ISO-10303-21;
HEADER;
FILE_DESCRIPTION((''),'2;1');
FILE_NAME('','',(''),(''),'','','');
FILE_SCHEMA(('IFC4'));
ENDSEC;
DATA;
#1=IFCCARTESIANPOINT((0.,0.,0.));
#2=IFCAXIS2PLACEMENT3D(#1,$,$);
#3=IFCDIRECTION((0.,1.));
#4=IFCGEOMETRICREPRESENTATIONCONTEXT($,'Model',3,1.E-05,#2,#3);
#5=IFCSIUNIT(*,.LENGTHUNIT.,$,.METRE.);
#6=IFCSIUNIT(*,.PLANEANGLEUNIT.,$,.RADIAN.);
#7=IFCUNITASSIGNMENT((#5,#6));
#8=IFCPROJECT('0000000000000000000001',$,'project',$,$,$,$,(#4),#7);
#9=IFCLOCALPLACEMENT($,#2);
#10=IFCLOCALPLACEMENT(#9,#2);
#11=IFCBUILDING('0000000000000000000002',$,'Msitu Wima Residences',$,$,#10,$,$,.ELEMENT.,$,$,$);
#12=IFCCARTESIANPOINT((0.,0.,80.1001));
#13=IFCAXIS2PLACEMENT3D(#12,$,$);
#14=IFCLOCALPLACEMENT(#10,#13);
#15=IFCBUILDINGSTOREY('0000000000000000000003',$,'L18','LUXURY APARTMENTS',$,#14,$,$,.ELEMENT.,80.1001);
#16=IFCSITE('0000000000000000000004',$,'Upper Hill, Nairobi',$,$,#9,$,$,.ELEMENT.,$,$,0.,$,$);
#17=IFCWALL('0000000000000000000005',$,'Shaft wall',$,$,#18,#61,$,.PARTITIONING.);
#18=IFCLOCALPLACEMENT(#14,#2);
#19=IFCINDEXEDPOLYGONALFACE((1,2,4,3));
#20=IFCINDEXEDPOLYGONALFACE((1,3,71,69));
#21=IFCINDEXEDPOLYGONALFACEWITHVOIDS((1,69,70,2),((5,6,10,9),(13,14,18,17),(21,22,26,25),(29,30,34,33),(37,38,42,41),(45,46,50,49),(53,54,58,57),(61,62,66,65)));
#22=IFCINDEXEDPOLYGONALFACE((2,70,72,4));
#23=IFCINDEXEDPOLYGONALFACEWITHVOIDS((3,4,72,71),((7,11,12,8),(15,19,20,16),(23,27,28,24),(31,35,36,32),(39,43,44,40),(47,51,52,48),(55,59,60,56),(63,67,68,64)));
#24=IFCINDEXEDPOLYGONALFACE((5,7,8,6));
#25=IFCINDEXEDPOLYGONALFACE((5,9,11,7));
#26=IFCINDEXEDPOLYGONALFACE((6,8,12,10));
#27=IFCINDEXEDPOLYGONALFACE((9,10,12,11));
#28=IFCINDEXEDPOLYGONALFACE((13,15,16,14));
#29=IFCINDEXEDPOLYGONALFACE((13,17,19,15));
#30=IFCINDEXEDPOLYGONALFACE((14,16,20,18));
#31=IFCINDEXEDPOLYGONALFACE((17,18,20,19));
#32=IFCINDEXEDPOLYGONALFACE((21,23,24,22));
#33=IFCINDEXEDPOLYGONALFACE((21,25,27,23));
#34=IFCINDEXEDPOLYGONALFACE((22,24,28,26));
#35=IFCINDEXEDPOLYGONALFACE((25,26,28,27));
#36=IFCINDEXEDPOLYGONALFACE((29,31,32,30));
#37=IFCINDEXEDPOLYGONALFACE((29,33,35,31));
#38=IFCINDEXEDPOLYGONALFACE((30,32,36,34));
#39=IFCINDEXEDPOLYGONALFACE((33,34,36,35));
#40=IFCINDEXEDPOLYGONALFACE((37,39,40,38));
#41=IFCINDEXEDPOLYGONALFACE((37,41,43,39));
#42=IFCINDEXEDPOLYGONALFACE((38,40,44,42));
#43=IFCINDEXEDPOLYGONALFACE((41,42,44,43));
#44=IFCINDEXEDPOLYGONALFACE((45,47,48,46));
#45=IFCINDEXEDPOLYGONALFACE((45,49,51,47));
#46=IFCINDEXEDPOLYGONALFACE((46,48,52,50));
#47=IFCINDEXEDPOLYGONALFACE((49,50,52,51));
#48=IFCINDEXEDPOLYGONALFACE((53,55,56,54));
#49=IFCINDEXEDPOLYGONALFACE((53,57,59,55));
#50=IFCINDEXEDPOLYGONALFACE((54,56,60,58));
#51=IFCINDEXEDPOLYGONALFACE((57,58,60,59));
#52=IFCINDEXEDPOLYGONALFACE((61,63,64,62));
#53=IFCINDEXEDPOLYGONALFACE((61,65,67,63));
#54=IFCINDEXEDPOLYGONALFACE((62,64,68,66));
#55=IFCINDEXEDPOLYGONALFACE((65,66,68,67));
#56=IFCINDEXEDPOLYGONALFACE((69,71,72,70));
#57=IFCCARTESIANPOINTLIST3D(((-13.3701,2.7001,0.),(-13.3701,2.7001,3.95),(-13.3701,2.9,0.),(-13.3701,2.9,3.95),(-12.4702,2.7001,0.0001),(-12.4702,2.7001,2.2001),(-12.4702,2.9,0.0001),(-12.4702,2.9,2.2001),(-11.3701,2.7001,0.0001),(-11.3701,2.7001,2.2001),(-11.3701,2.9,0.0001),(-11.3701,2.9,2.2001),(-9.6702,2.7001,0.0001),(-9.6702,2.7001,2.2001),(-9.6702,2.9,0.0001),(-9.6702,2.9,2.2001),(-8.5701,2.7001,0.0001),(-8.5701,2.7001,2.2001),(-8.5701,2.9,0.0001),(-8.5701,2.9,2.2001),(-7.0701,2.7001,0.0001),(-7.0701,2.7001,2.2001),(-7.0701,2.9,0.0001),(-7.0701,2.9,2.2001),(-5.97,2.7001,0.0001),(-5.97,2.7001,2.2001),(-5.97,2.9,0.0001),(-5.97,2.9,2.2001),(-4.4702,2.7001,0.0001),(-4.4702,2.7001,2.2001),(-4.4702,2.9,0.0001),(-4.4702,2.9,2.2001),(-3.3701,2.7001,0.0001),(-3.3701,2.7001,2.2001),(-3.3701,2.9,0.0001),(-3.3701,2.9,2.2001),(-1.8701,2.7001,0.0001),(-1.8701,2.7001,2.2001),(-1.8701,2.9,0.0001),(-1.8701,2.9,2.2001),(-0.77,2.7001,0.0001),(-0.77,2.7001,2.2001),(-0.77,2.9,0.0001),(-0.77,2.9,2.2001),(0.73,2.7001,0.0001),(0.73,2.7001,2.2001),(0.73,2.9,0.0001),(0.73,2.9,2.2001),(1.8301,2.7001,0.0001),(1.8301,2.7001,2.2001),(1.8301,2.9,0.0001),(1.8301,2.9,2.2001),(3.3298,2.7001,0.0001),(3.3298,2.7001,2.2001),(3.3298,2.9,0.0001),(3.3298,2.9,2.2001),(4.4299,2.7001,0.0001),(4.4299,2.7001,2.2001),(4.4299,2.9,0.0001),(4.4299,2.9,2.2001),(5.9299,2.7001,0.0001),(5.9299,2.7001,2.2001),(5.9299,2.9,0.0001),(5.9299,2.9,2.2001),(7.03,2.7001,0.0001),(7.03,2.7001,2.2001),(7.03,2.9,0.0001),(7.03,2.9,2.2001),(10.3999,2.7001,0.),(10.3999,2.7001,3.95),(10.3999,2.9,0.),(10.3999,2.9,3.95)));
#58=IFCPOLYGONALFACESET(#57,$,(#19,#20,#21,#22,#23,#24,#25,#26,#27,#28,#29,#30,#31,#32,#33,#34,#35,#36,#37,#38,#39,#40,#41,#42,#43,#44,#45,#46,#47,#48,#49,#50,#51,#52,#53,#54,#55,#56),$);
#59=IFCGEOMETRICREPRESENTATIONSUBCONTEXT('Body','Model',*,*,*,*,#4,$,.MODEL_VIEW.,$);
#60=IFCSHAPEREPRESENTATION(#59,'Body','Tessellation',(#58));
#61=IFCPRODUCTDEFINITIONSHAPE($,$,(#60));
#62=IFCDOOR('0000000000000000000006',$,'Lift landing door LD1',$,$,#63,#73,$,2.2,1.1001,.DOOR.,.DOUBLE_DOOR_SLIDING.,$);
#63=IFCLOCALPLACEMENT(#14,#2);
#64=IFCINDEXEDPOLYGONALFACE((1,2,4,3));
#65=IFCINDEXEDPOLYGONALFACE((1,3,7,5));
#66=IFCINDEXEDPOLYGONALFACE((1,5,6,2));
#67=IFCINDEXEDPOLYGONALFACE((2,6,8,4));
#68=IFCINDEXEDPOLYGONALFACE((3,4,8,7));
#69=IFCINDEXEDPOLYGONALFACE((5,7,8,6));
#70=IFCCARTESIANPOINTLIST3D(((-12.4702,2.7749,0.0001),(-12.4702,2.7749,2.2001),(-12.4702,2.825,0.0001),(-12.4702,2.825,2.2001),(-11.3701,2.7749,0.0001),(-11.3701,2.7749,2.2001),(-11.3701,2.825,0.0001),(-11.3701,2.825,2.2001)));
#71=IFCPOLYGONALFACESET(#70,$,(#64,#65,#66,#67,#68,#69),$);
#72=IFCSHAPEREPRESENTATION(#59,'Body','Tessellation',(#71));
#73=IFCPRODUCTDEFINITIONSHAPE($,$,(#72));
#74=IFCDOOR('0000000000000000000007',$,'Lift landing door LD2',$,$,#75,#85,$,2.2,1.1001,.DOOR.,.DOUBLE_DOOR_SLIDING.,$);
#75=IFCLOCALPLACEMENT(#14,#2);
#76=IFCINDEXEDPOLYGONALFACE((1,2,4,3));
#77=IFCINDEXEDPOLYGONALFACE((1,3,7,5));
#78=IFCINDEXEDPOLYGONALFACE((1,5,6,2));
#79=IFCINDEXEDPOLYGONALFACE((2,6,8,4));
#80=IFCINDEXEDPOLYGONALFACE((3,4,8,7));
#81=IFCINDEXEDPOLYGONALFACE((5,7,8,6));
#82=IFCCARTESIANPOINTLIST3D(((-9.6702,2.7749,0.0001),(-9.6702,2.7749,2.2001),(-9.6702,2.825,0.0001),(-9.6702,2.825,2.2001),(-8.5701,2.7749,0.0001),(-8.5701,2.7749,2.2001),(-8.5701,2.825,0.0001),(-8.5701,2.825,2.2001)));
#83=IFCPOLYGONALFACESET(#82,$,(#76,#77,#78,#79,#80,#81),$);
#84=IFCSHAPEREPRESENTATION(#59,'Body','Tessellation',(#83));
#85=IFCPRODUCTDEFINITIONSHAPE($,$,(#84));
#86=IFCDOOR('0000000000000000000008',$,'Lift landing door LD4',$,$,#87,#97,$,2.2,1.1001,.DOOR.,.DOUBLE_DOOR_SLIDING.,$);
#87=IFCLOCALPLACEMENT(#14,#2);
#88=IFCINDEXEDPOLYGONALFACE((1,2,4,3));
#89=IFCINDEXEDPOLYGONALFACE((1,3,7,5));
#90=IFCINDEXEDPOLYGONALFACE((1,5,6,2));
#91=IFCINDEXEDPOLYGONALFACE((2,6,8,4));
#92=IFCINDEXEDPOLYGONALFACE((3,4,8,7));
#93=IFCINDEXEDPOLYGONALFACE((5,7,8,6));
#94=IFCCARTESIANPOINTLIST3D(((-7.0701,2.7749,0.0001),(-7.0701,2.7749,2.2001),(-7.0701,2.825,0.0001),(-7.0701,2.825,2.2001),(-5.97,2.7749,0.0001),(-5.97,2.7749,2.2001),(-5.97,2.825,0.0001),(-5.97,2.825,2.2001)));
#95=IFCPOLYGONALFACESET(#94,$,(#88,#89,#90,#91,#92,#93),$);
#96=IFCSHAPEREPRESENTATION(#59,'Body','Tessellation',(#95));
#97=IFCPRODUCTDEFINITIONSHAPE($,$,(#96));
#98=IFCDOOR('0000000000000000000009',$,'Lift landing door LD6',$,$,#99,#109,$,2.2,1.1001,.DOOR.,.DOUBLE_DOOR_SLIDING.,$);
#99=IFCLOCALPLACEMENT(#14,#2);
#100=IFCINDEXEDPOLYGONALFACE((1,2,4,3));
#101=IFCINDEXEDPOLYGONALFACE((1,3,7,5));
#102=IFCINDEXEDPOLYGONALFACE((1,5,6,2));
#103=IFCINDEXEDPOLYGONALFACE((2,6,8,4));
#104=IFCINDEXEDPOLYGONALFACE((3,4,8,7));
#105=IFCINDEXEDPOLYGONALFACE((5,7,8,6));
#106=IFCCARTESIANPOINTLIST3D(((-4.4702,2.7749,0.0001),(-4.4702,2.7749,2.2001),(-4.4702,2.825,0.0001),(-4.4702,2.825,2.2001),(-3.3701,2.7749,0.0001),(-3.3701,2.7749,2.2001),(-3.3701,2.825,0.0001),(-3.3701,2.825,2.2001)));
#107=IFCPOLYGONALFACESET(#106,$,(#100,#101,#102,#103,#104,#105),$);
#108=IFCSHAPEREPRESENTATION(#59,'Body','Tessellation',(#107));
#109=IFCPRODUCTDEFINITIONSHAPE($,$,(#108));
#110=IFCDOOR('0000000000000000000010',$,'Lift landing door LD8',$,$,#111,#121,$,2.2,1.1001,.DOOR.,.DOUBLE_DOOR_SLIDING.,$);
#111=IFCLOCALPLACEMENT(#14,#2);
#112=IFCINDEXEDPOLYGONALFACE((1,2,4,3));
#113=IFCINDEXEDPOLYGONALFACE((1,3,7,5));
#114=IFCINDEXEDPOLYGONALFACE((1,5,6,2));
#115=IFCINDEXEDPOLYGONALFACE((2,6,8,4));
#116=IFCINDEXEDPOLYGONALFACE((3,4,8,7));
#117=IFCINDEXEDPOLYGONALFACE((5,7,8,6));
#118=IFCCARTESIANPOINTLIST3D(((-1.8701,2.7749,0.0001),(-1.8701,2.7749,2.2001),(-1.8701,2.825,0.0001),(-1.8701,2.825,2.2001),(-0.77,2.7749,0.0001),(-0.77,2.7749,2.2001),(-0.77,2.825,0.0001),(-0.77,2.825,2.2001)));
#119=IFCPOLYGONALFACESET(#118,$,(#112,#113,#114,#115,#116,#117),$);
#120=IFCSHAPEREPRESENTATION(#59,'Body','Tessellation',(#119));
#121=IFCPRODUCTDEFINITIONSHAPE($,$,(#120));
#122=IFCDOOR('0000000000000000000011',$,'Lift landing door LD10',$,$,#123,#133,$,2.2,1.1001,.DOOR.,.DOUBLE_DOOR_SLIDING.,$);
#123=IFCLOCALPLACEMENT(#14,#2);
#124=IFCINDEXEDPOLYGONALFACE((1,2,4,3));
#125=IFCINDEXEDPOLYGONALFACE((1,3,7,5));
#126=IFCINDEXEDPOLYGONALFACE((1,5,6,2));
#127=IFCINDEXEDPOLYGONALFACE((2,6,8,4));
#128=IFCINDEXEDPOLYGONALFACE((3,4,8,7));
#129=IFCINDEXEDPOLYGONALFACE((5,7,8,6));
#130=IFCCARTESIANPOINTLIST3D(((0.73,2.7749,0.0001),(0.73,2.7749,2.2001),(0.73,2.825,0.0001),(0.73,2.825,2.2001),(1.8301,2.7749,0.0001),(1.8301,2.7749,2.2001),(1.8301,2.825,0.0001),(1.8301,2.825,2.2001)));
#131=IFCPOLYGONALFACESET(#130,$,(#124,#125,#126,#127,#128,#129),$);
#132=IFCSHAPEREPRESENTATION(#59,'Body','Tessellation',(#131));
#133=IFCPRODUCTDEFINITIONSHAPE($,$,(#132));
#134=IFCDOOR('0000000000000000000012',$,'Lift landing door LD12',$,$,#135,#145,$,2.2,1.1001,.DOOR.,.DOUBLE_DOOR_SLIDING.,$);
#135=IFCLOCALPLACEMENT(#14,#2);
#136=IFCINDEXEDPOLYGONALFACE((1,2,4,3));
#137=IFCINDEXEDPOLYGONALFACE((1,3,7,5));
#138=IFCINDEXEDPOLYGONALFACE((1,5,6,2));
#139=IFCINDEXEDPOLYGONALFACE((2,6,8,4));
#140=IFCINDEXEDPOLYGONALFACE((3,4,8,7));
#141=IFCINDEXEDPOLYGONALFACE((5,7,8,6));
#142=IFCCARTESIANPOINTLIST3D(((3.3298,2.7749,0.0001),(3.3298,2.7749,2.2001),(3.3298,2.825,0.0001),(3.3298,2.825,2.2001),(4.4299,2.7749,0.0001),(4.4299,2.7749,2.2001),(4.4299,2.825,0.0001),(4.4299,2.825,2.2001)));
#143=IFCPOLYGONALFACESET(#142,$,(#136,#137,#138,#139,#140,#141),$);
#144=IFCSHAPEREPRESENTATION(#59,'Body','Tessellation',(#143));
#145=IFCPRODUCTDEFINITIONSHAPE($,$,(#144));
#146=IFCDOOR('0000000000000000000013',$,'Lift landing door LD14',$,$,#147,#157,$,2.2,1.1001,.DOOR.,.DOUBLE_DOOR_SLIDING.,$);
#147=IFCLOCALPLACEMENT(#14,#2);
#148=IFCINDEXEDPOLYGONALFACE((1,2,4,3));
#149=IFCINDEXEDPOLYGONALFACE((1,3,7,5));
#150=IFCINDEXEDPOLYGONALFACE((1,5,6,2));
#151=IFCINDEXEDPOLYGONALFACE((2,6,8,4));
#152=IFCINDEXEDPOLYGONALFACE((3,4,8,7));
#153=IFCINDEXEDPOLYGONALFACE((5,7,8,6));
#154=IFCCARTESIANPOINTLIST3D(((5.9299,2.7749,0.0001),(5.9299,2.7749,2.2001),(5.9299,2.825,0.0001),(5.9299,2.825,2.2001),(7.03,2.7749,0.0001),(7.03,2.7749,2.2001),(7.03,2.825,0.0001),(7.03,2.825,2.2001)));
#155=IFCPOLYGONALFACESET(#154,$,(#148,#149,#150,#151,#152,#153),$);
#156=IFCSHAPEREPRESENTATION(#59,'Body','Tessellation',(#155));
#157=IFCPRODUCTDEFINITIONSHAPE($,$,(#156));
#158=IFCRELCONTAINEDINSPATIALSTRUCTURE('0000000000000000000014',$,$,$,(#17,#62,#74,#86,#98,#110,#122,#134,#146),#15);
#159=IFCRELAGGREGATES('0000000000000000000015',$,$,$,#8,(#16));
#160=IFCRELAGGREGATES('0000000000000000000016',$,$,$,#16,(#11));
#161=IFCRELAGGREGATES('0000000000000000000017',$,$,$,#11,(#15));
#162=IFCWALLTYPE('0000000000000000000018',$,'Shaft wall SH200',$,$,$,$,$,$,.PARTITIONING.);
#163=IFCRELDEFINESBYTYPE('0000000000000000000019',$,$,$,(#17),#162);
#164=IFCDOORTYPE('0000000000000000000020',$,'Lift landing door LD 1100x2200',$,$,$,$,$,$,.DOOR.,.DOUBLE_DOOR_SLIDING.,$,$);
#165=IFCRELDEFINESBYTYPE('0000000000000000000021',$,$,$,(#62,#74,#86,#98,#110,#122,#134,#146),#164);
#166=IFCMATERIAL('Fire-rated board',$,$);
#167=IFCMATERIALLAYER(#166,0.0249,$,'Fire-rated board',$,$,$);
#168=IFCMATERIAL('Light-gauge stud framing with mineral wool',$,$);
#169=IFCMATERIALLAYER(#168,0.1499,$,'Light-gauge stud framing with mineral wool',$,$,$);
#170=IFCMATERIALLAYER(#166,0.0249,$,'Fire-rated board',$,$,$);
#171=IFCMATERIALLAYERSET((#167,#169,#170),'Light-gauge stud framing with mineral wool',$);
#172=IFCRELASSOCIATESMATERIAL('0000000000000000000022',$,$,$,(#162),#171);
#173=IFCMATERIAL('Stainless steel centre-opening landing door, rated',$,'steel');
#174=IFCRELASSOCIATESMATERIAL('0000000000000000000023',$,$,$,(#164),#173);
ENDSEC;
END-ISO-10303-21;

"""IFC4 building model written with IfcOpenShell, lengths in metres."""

from ifc_helpers import new_model, si_unit, direction, frame, frame_2d, origin, place, context, subcontext, project, spatial, rectangle, extrude, material, layer, layer_set, type_object, element, fill, save


model = new_model("IFC4")

# Units and contexts
model_context = context("Model", 3, precision=1e-05, world=origin(), true_north=direction((0.0, 1.0)))
body_context = subcontext(model_context, "Body", "Model", "MODEL_VIEW")
ifc_project = project(units=[si_unit("LENGTHUNIT", "METRE"), si_unit("PLANEANGLEUNIT", "RADIAN")], contexts=[model_context])

# Site, building, storey
site_placement = place(None, origin())
site = spatial("IfcSite", under=ifc_project, at=site_placement, Name="Upper Hill, Nairobi", CompositionType="ELEMENT", RefElevation=0.0)
building_placement = place(site_placement, origin())
building = spatial("IfcBuilding", under=site, at=building_placement, Name="Msitu Wima Residences", CompositionType="ELEMENT")
storey_placement = place(building_placement, frame((0.0, 0.0, 80.1001)))
storey = spatial("IfcBuildingStorey", under=building, at=storey_placement, Name="L18", Description="LUXURY APARTMENTS", CompositionType="ELEMENT", Elevation=80.1001)

# Shared definitions
ifc_material_1 = material(Name="Fire-rated board")
ifc_layer_1 = layer(ifc_material_1, 0.0249, Name="Fire-rated board")
ifc_material_2 = material(Name="Light-gauge stud framing with mineral wool")
ifc_layer_2 = layer(ifc_material_2, 0.1499, Name="Light-gauge stud framing with mineral wool")
ifc_layer_3 = layer(ifc_material_1, 0.0249, Name="Fire-rated board")
ifc_layer_set_1 = layer_set([ifc_layer_1, ifc_layer_2, ifc_layer_3], Name="Light-gauge stud framing with mineral wool")
wall_type_1 = type_object("IfcWallType", Name="Shaft wall SH200", PredefinedType="PARTITIONING", material=ifc_layer_set_1)

# Wall, openings, doors
wall_1_placement = place(storey_placement, frame((-13.3701, 2.8, 0.0), z_axis=(0.0, 0.0, 1.0), x_axis=(1.0, 0.0, 0.0)))
wall_1 = element("IfcWall", 1, at=wall_1_placement, inside=storey, type_object=wall_type_1, Name="Shaft wall", PredefinedType="PARTITIONING", context=body_context, shape_type="SweptSolid", body=[
    extrude(rectangle(XDim=23.77, YDim=0.2, at=frame_2d((11.885, 0.0))), origin(), (0.0, 0.0, 1.0), 3.95),
])
opening_1_placement = place(wall_1_placement, frame((0.8999, 0.0, 0.0)))
opening_1 = element("IfcOpeningElement", 2, at=opening_1_placement, cuts=wall_1, PredefinedType="OPENING", context=body_context, shape_type="SweptSolid", body=[
    extrude(rectangle(XDim=1.1001, YDim=2.2, at=frame_2d((0.55, 1.1001))), frame((0.0, 0.1099, 0.0), z_axis=(0.0, -1.0, 0.0), x_axis=(1.0, 0.0, 0.0)), (0.0, 0.0, 1.0), 0.22),
])
opening_2_placement = place(wall_1_placement, frame((3.7, 0.0, 0.0)))
opening_2 = element("IfcOpeningElement", 3, at=opening_2_placement, cuts=wall_1, PredefinedType="OPENING", context=body_context, shape_type="SweptSolid", body=[
    extrude(rectangle(XDim=1.1001, YDim=2.2, at=frame_2d((0.55, 1.1001))), frame((0.0, 0.1099, 0.0), z_axis=(0.0, -1.0, 0.0), x_axis=(1.0, 0.0, 0.0)), (0.0, 0.0, 1.0), 0.22),
])
opening_3_placement = place(wall_1_placement, frame((6.3, 0.0, 0.0)))
opening_3 = element("IfcOpeningElement", 4, at=opening_3_placement, cuts=wall_1, PredefinedType="OPENING", context=body_context, shape_type="SweptSolid", body=[
    extrude(rectangle(XDim=1.1001, YDim=2.2, at=frame_2d((0.55, 1.1001))), frame((0.0, 0.1099, 0.0), z_axis=(0.0, -1.0, 0.0), x_axis=(1.0, 0.0, 0.0)), (0.0, 0.0, 1.0), 0.22),
])
opening_4_placement = place(wall_1_placement, frame((8.8999, 0.0, 0.0)))
opening_4 = element("IfcOpeningElement", 5, at=opening_4_placement, cuts=wall_1, PredefinedType="OPENING", context=body_context, shape_type="SweptSolid", body=[
    extrude(rectangle(XDim=1.1001, YDim=2.2, at=frame_2d((0.55, 1.1001))), frame((0.0, 0.1099, 0.0), z_axis=(0.0, -1.0, 0.0), x_axis=(1.0, 0.0, 0.0)), (0.0, 0.0, 1.0), 0.22),
])
opening_5_placement = place(wall_1_placement, frame((11.5, 0.0, 0.0)))
opening_5 = element("IfcOpeningElement", 6, at=opening_5_placement, cuts=wall_1, PredefinedType="OPENING", context=body_context, shape_type="SweptSolid", body=[
    extrude(rectangle(XDim=1.1001, YDim=2.2, at=frame_2d((0.55, 1.1001))), frame((0.0, 0.1099, 0.0), z_axis=(0.0, -1.0, 0.0), x_axis=(1.0, 0.0, 0.0)), (0.0, 0.0, 1.0), 0.22),
])
opening_6_placement = place(wall_1_placement, frame((14.1001, 0.0, 0.0)))
opening_6 = element("IfcOpeningElement", 7, at=opening_6_placement, cuts=wall_1, PredefinedType="OPENING", context=body_context, shape_type="SweptSolid", body=[
    extrude(rectangle(XDim=1.1001, YDim=2.2, at=frame_2d((0.55, 1.1001))), frame((0.0, 0.1099, 0.0), z_axis=(0.0, -1.0, 0.0), x_axis=(1.0, 0.0, 0.0)), (0.0, 0.0, 1.0), 0.22),
])
opening_7_placement = place(wall_1_placement, frame((16.7, 0.0, 0.0)))
opening_7 = element("IfcOpeningElement", 8, at=opening_7_placement, cuts=wall_1, PredefinedType="OPENING", context=body_context, shape_type="SweptSolid", body=[
    extrude(rectangle(XDim=1.1001, YDim=2.2, at=frame_2d((0.55, 1.1001))), frame((0.0, 0.1099, 0.0), z_axis=(0.0, -1.0, 0.0), x_axis=(1.0, 0.0, 0.0)), (0.0, 0.0, 1.0), 0.22),
])
opening_8_placement = place(wall_1_placement, frame((19.3, 0.0, 0.0)))
opening_8 = element("IfcOpeningElement", 9, at=opening_8_placement, cuts=wall_1, PredefinedType="OPENING", context=body_context, shape_type="SweptSolid", body=[
    extrude(rectangle(XDim=1.1001, YDim=2.2, at=frame_2d((0.55, 1.1001))), frame((0.0, 0.1099, 0.0), z_axis=(0.0, -1.0, 0.0), x_axis=(1.0, 0.0, 0.0)), (0.0, 0.0, 1.0), 0.22),
])
ifc_material_3 = material(Name="Stainless steel centre-opening landing door, rated", Category="steel")
door_type_1 = type_object("IfcDoorType", Name="Lift landing door LD 1100x2200", OperationType="DOUBLE_DOOR_SLIDING", PredefinedType="DOOR", material=ifc_material_3)
door_1_placement = place(opening_1_placement, origin())
door_1 = element("IfcDoor", 10, at=door_1_placement, inside=storey, type_object=door_type_1, Name="Lift landing door LD1", OperationType="DOUBLE_DOOR_SLIDING", OverallHeight=2.2, OverallWidth=1.1001, PredefinedType="DOOR", context=body_context, shape_type="SweptSolid", body=[
    extrude(rectangle(XDim=1.1001, YDim=2.2, at=frame_2d((0.55, 1.1001))), frame((0.0, 0.0249, 0.0), z_axis=(0.0, -1.0, 0.0), x_axis=(1.0, 0.0, 0.0)), (0.0, 0.0, 1.0), 0.05),
])
fill(opening_1, door_1)
door_2_placement = place(opening_2_placement, origin())
door_2 = element("IfcDoor", 11, at=door_2_placement, inside=storey, type_object=door_type_1, Name="Lift landing door LD2", OperationType="DOUBLE_DOOR_SLIDING", OverallHeight=2.2, OverallWidth=1.1001, PredefinedType="DOOR", context=body_context, shape_type="SweptSolid", body=[
    extrude(rectangle(XDim=1.1001, YDim=2.2, at=frame_2d((0.55, 1.1001))), frame((0.0, 0.0249, 0.0), z_axis=(0.0, -1.0, 0.0), x_axis=(1.0, 0.0, 0.0)), (0.0, 0.0, 1.0), 0.05),
])
fill(opening_2, door_2)
door_3_placement = place(opening_3_placement, origin())
door_3 = element("IfcDoor", 12, at=door_3_placement, inside=storey, type_object=door_type_1, Name="Lift landing door LD4", OperationType="DOUBLE_DOOR_SLIDING", OverallHeight=2.2, OverallWidth=1.1001, PredefinedType="DOOR", context=body_context, shape_type="SweptSolid", body=[
    extrude(rectangle(XDim=1.1001, YDim=2.2, at=frame_2d((0.55, 1.1001))), frame((0.0, 0.0249, 0.0), z_axis=(0.0, -1.0, 0.0), x_axis=(1.0, 0.0, 0.0)), (0.0, 0.0, 1.0), 0.05),
])
fill(opening_3, door_3)
door_4_placement = place(opening_4_placement, origin())
door_4 = element("IfcDoor", 13, at=door_4_placement, inside=storey, type_object=door_type_1, Name="Lift landing door LD6", OperationType="DOUBLE_DOOR_SLIDING", OverallHeight=2.2, OverallWidth=1.1001, PredefinedType="DOOR", context=body_context, shape_type="SweptSolid", body=[
    extrude(rectangle(XDim=1.1001, YDim=2.2, at=frame_2d((0.55, 1.1001))), frame((0.0, 0.0249, 0.0), z_axis=(0.0, -1.0, 0.0), x_axis=(1.0, 0.0, 0.0)), (0.0, 0.0, 1.0), 0.05),
])
fill(opening_4, door_4)
door_5_placement = place(opening_5_placement, origin())
door_5 = element("IfcDoor", 14, at=door_5_placement, inside=storey, type_object=door_type_1, Name="Lift landing door LD8", OperationType="DOUBLE_DOOR_SLIDING", OverallHeight=2.2, OverallWidth=1.1001, PredefinedType="DOOR", context=body_context, shape_type="SweptSolid", body=[
    extrude(rectangle(XDim=1.1001, YDim=2.2, at=frame_2d((0.55, 1.1001))), frame((0.0, 0.0249, 0.0), z_axis=(0.0, -1.0, 0.0), x_axis=(1.0, 0.0, 0.0)), (0.0, 0.0, 1.0), 0.05),
])
fill(opening_5, door_5)
door_6_placement = place(opening_6_placement, origin())
door_6 = element("IfcDoor", 15, at=door_6_placement, inside=storey, type_object=door_type_1, Name="Lift landing door LD10", OperationType="DOUBLE_DOOR_SLIDING", OverallHeight=2.2, OverallWidth=1.1001, PredefinedType="DOOR", context=body_context, shape_type="SweptSolid", body=[
    extrude(rectangle(XDim=1.1001, YDim=2.2, at=frame_2d((0.55, 1.1001))), frame((0.0, 0.0249, 0.0), z_axis=(0.0, -1.0, 0.0), x_axis=(1.0, 0.0, 0.0)), (0.0, 0.0, 1.0), 0.05),
])
fill(opening_6, door_6)
door_7_placement = place(opening_7_placement, origin())
door_7 = element("IfcDoor", 16, at=door_7_placement, inside=storey, type_object=door_type_1, Name="Lift landing door LD12", OperationType="DOUBLE_DOOR_SLIDING", OverallHeight=2.2, OverallWidth=1.1001, PredefinedType="DOOR", context=body_context, shape_type="SweptSolid", body=[
    extrude(rectangle(XDim=1.1001, YDim=2.2, at=frame_2d((0.55, 1.1001))), frame((0.0, 0.0249, 0.0), z_axis=(0.0, -1.0, 0.0), x_axis=(1.0, 0.0, 0.0)), (0.0, 0.0, 1.0), 0.05),
])
fill(opening_7, door_7)
door_8_placement = place(opening_8_placement, origin())
door_8 = element("IfcDoor", 17, at=door_8_placement, inside=storey, type_object=door_type_1, Name="Lift landing door LD14", OperationType="DOUBLE_DOOR_SLIDING", OverallHeight=2.2, OverallWidth=1.1001, PredefinedType="DOOR", context=body_context, shape_type="SweptSolid", body=[
    extrude(rectangle(XDim=1.1001, YDim=2.2, at=frame_2d((0.55, 1.1001))), frame((0.0, 0.0249, 0.0), z_axis=(0.0, -1.0, 0.0), x_axis=(1.0, 0.0, 0.0)), (0.0, 0.0, 1.0), 0.05),
])
fill(opening_8, door_8)

save(model, "model.ifc")
